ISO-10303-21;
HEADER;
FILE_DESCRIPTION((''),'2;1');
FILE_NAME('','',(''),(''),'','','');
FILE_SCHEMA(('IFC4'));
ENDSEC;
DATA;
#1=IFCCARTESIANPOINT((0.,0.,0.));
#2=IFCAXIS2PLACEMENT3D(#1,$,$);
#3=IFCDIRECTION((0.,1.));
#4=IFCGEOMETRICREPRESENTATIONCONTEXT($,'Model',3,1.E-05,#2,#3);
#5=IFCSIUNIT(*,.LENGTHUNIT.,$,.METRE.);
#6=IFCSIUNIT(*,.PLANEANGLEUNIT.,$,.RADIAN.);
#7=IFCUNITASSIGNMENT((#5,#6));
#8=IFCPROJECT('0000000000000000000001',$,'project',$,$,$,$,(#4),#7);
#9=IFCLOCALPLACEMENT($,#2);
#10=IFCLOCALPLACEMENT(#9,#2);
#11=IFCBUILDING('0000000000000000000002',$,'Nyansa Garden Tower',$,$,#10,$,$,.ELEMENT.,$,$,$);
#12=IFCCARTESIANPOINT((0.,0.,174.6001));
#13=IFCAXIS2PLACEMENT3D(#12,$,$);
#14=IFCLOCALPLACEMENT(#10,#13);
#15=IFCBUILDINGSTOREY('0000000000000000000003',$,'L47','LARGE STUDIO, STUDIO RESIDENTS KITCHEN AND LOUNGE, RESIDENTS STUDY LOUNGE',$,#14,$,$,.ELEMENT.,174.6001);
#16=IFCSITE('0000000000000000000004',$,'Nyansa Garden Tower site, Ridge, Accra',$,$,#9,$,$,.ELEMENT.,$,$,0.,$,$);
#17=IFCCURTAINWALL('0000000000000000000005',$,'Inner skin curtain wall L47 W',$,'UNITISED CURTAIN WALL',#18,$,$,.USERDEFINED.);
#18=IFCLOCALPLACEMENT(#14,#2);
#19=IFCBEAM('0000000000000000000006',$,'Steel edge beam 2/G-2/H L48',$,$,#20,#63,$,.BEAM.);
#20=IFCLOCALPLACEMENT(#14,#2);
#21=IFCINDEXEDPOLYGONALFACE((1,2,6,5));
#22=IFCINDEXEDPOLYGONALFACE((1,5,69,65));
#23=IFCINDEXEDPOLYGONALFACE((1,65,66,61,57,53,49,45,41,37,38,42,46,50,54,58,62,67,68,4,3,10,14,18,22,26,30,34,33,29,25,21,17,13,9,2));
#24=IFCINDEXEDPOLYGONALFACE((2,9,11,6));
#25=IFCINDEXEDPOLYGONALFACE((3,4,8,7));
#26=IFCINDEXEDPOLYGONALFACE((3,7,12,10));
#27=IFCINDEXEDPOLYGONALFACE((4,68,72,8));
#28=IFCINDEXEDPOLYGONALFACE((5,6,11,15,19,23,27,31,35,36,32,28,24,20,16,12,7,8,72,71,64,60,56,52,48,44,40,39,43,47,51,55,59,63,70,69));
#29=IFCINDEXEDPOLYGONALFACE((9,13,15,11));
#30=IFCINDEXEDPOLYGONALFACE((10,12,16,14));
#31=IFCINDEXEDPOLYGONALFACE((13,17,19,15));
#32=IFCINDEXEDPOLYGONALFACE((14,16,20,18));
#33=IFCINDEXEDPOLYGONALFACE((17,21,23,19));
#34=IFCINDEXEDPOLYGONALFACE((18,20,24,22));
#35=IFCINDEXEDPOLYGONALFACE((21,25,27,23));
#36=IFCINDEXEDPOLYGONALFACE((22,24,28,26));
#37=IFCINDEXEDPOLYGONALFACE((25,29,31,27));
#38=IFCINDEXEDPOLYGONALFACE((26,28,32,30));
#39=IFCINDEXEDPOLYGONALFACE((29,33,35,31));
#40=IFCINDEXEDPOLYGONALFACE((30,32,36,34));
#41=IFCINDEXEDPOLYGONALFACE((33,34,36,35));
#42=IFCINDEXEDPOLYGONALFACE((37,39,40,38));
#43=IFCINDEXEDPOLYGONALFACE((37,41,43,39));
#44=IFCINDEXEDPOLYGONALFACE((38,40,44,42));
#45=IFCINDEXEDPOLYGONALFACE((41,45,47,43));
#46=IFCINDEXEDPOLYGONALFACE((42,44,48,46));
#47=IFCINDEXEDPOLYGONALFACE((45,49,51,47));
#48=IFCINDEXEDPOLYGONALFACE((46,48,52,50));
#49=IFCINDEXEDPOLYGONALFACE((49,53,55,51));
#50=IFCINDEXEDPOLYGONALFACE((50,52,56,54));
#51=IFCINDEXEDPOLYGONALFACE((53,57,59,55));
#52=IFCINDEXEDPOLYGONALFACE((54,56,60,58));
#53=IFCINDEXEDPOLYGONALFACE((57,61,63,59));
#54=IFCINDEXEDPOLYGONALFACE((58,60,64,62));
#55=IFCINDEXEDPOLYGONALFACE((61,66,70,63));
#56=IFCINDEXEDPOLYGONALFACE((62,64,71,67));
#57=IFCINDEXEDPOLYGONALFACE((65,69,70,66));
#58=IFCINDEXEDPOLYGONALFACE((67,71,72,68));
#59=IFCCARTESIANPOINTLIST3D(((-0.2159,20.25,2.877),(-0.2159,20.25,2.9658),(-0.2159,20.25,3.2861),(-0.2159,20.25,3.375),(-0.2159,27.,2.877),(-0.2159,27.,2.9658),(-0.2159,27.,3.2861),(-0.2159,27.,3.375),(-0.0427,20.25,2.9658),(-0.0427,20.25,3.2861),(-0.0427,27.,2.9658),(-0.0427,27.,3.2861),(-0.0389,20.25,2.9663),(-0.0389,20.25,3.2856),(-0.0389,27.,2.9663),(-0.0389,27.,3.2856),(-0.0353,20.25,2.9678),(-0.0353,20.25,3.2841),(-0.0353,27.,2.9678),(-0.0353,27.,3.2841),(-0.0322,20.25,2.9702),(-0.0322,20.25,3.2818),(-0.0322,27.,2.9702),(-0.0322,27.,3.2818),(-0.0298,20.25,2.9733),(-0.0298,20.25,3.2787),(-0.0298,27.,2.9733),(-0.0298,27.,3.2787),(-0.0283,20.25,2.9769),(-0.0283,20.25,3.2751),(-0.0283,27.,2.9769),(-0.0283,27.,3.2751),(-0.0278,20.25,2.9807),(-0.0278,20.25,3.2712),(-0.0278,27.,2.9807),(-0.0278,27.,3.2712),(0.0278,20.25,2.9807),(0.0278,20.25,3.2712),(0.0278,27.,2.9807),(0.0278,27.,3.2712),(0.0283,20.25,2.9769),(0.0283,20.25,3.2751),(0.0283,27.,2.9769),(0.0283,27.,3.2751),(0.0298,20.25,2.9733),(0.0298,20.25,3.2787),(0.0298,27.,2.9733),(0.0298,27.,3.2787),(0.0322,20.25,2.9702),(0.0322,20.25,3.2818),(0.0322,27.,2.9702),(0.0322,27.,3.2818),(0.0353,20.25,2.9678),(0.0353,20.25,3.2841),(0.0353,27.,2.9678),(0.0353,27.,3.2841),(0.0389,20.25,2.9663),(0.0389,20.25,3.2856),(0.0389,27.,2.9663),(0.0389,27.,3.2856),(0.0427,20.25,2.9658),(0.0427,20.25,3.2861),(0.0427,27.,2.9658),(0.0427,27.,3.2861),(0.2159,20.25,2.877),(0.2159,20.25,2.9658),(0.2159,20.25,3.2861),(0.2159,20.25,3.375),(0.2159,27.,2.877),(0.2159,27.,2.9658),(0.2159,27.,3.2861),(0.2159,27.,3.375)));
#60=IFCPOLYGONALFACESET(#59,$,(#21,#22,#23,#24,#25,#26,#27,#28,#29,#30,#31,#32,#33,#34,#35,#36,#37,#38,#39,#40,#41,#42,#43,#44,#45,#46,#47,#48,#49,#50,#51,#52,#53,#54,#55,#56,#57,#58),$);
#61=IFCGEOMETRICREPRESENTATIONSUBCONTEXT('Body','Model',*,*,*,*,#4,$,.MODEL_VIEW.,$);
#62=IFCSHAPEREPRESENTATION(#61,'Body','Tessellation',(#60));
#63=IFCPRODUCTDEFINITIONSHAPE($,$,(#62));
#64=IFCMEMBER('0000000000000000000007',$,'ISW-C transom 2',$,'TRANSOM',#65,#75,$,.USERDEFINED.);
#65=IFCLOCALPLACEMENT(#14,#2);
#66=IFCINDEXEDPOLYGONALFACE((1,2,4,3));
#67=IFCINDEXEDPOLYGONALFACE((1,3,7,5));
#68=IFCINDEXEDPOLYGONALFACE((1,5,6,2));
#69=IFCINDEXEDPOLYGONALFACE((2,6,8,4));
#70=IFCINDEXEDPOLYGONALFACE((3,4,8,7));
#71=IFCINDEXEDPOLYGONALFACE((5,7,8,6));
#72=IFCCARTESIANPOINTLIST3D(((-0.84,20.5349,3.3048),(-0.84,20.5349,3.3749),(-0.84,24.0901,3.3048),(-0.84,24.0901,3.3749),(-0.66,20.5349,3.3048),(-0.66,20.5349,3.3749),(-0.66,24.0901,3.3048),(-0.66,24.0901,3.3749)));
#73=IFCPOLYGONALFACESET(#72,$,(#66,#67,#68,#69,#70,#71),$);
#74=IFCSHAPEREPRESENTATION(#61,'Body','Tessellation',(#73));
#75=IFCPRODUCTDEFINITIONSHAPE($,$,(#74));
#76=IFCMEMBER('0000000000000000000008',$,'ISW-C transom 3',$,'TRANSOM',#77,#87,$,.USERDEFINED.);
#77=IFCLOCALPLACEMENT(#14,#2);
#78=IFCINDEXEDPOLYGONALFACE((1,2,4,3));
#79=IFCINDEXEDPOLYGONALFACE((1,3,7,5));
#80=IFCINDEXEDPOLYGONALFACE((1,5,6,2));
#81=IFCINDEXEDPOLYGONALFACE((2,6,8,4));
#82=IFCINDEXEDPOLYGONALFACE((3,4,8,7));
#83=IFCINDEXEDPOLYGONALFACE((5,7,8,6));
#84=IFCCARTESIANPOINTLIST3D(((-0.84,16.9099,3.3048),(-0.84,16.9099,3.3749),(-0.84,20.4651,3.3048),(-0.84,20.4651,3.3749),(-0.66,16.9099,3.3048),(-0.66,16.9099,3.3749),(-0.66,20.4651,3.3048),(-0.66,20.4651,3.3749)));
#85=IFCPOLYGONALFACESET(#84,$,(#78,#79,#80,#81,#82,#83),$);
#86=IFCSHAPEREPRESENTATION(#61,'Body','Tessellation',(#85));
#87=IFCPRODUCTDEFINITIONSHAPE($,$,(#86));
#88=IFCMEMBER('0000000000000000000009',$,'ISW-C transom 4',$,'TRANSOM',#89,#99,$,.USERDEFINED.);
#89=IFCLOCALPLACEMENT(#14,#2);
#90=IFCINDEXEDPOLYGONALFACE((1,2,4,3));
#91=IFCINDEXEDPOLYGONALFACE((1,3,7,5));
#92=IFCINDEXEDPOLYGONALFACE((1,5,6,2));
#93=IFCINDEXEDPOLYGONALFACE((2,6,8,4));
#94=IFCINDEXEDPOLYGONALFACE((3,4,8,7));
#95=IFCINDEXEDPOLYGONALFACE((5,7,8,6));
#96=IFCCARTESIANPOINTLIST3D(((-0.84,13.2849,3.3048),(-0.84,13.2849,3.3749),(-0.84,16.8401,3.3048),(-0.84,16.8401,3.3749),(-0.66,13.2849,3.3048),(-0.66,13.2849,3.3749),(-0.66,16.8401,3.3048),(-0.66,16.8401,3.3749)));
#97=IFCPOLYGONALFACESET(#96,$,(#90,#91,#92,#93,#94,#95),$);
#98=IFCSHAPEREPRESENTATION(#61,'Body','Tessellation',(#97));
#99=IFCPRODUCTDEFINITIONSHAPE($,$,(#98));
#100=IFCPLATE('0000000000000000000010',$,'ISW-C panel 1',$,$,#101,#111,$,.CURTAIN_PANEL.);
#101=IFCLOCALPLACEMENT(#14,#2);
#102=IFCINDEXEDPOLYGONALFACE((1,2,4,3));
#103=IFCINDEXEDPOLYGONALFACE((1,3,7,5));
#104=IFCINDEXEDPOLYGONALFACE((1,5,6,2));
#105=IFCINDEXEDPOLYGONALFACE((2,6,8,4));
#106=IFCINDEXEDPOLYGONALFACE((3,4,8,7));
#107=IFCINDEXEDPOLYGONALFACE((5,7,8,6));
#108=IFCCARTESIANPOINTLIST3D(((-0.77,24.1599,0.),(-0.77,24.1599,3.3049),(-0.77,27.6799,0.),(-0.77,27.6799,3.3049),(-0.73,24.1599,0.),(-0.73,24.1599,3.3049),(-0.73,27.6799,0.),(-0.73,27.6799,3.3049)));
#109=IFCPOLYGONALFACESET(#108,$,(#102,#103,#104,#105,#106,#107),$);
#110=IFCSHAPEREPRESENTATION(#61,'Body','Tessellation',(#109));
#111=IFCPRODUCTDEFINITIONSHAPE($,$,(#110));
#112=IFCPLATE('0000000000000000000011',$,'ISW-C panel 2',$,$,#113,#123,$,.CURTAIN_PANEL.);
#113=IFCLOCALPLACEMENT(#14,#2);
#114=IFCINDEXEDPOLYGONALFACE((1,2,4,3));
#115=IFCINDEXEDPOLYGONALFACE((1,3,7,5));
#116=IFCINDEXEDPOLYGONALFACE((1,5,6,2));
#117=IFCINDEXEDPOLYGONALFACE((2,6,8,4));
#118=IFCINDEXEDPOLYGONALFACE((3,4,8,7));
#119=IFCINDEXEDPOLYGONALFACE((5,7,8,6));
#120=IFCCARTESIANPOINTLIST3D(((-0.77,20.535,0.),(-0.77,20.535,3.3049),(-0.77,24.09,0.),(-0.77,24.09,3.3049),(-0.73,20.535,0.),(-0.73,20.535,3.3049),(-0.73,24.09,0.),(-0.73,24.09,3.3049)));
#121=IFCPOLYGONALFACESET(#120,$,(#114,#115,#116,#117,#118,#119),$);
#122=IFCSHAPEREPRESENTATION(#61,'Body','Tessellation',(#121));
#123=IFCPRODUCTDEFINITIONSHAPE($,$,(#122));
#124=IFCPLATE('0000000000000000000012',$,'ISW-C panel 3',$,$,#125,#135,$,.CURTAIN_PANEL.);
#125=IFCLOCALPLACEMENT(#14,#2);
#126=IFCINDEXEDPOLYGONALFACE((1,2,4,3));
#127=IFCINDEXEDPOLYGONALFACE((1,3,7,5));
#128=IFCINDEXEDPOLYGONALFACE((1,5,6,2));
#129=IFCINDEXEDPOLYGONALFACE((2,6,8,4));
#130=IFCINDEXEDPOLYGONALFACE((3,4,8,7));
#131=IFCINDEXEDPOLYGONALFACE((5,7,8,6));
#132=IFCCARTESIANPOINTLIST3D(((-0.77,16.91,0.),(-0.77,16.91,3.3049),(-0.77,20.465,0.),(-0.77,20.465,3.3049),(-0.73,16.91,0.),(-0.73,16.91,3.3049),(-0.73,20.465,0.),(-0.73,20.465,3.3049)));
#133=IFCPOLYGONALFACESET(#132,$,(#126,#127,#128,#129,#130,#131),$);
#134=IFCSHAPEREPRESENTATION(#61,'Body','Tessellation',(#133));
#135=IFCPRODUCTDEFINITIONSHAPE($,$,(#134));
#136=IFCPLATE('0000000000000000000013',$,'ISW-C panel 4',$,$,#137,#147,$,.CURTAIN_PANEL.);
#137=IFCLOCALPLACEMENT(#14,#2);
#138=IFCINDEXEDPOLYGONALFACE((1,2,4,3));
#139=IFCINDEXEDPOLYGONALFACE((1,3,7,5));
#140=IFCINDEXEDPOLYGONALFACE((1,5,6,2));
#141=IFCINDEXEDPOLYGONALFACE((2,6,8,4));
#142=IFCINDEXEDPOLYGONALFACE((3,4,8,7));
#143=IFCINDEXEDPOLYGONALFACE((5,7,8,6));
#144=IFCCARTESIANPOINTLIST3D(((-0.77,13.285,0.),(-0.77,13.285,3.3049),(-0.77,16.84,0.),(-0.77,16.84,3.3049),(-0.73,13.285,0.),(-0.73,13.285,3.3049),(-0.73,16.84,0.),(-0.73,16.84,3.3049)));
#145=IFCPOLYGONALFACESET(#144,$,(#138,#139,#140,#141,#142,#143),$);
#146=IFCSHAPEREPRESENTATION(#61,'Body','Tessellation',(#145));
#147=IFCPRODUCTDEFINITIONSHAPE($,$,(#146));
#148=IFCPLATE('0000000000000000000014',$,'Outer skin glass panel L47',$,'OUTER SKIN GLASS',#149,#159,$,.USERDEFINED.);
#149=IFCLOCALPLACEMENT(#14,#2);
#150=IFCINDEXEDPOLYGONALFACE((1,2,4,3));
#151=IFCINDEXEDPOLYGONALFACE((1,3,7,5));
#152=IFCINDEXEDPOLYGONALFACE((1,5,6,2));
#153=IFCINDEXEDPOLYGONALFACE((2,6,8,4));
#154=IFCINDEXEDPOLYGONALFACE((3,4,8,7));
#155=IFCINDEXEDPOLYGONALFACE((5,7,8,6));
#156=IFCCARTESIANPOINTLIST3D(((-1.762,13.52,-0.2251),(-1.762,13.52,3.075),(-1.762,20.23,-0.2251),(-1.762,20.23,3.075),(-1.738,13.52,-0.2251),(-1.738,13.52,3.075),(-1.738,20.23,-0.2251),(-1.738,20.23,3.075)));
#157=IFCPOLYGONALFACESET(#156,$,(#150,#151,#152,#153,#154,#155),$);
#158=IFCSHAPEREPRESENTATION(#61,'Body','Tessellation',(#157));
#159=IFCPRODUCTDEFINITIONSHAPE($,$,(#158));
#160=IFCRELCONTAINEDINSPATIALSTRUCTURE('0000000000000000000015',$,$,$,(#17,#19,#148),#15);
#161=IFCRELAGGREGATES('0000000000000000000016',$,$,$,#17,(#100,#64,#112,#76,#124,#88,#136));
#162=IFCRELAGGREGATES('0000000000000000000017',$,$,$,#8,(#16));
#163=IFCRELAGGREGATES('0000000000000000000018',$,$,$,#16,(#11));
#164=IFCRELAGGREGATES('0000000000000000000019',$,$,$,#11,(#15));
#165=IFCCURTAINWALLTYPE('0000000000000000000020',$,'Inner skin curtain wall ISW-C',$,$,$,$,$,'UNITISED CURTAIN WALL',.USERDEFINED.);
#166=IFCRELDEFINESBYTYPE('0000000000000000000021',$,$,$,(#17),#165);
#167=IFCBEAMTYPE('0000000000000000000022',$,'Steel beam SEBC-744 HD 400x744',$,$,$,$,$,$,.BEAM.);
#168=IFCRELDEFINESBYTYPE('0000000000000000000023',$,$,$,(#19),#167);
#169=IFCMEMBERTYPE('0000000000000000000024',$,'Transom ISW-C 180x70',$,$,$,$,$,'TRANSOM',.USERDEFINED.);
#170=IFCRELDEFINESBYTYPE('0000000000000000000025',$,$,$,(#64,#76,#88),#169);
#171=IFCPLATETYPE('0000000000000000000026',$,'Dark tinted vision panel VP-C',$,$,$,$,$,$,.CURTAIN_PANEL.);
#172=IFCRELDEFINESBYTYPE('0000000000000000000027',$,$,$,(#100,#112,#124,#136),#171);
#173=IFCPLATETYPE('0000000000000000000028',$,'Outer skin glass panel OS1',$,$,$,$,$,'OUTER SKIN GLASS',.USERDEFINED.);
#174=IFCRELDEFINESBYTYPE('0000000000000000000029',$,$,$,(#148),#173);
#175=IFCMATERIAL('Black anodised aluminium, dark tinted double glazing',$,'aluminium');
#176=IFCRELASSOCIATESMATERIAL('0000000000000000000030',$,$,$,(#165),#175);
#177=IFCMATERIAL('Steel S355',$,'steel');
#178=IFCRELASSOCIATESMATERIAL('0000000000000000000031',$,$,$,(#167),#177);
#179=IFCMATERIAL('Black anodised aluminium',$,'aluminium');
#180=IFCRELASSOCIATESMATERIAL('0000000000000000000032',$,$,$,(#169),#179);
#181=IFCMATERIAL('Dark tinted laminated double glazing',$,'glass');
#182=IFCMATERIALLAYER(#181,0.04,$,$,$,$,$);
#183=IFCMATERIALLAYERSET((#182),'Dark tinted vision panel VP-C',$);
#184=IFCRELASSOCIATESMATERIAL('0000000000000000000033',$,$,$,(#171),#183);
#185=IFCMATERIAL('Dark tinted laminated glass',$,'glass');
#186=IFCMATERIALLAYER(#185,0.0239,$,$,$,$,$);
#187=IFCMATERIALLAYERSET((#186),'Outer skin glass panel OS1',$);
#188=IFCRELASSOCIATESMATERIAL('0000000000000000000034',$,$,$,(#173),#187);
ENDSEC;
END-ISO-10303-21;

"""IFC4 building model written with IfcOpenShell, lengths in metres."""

from ifc_helpers import new_model, si_unit, direction, frame, origin, origin_2d, place, context, subcontext, project, spatial, rectangle, i_section, extrude, material, layer, layer_set, material_profile, profile_set, type_object, element, aggregate, save


model = new_model("IFC4")

# Units and contexts
model_context = context("Model", 3, precision=1e-05, world=origin(), true_north=direction((0.0, 1.0)))
body_context = subcontext(model_context, "Body", "Model", "MODEL_VIEW")
ifc_project = project(units=[si_unit("LENGTHUNIT", "METRE"), si_unit("PLANEANGLEUNIT", "RADIAN")], contexts=[model_context])

# Site, building, storey
site_placement = place(None, origin())
site = spatial("IfcSite", under=ifc_project, at=site_placement, Name="Nyansa Garden Tower site, Ridge, Accra", CompositionType="ELEMENT", RefElevation=0.0)
building_placement = place(site_placement, origin())
building = spatial("IfcBuilding", under=site, at=building_placement, Name="Nyansa Garden Tower", CompositionType="ELEMENT")
storey_placement = place(building_placement, frame((0.0, 0.0, 174.6001)))
storey = spatial("IfcBuildingStorey", under=building, at=storey_placement, Name="L47", Description="LARGE STUDIO, STUDIO RESIDENTS KITCHEN AND LOUNGE, RESIDENTS STUDY LOUNGE", CompositionType="ELEMENT", Elevation=174.6001)

# Curtain wall
ifc_material_1 = material(Name="Black anodised aluminium, dark tinted double glazing", Category="aluminium")
curtain_wall_type = type_object("IfcCurtainWallType", Name="Inner skin curtain wall ISW-C", ElementType="UNITISED CURTAIN WALL", PredefinedType="USERDEFINED", material=ifc_material_1)
curtain_wall_placement = place(storey_placement, origin())
curtain_wall = element("IfcCurtainWall", 1, at=curtain_wall_placement, inside=storey, type_object=curtain_wall_type, Name="Inner skin curtain wall L47 W", ObjectType="UNITISED CURTAIN WALL", PredefinedType="USERDEFINED")

# Beam
ifc_material_2 = material(Name="Steel S355", Category="steel")
ifc_material_profile_1 = material_profile(ifc_material_2, i_section(OverallWidth=0.4319, OverallDepth=0.498, WebThickness=0.0557, FlangeThickness=0.0889, FilletRadius=0.0149, at=origin_2d()), Name="HD 400x744")
ifc_profile_set_1 = profile_set([ifc_material_profile_1], Name="Steel S355")
beam_type_1 = type_object("IfcBeamType", Name="Steel beam SEBC-744 HD 400x744", PredefinedType="BEAM", material=ifc_profile_set_1)
beam_1_placement = place(storey_placement, frame((0.0, 20.25, 3.126), z_axis=(0.0, 1.0, 0.0), x_axis=(-1.0, 0.0, 0.0)))
element("IfcBeam", 2, at=beam_1_placement, inside=storey, type_object=beam_type_1, Name="Steel edge beam 2/G-2/H L48", PredefinedType="BEAM", context=body_context, shape_type="SweptSolid", body=[
    extrude(i_section(OverallWidth=0.4319, OverallDepth=0.498, WebThickness=0.0557, FlangeThickness=0.0889, FilletRadius=0.0149, at=origin_2d()), origin(), (0.0, 0.0, 1.0), 6.75),
])

# Members
ifc_material_3 = material(Name="Black anodised aluminium", Category="aluminium")
ifc_material_profile_2 = material_profile(ifc_material_3, rectangle(XDim=0.1799, YDim=0.0701, at=origin_2d()), Name="Transom 180x70")
ifc_profile_set_2 = profile_set([ifc_material_profile_2], Name="Black anodised aluminium")
member_type_1 = type_object("IfcMemberType", Name="Transom ISW-C 180x70", ElementType="TRANSOM", PredefinedType="USERDEFINED", material=ifc_profile_set_2)
member_1_placement = place(storey_placement, frame((-0.75, 24.0901, 3.3398), z_axis=(0.0, -1.0, 0.0), x_axis=(1.0, 0.0, 0.0)))
member_1 = element("IfcMember", 3, at=member_1_placement, type_object=member_type_1, Name="ISW-C transom 2", ObjectType="TRANSOM", PredefinedType="USERDEFINED", context=body_context, shape_type="SweptSolid", body=[
    extrude(rectangle(XDim=0.1799, YDim=0.0701, at=origin_2d()), origin(), (0.0, 0.0, 1.0), 3.5552),
])
member_2_placement = place(storey_placement, frame((-0.75, 20.4651, 3.3398), z_axis=(0.0, -1.0, 0.0), x_axis=(1.0, 0.0, 0.0)))
member_2 = element("IfcMember", 4, at=member_2_placement, type_object=member_type_1, Name="ISW-C transom 3", ObjectType="TRANSOM", PredefinedType="USERDEFINED", context=body_context, shape_type="SweptSolid", body=[
    extrude(rectangle(XDim=0.1799, YDim=0.0701, at=origin_2d()), origin(), (0.0, 0.0, 1.0), 3.5552),
])
member_3_placement = place(storey_placement, frame((-0.75, 16.8401, 3.3398), z_axis=(0.0, -1.0, 0.0), x_axis=(1.0, 0.0, 0.0)))
member_3 = element("IfcMember", 5, at=member_3_placement, type_object=member_type_1, Name="ISW-C transom 4", ObjectType="TRANSOM", PredefinedType="USERDEFINED", context=body_context, shape_type="SweptSolid", body=[
    extrude(rectangle(XDim=0.1799, YDim=0.0701, at=origin_2d()), origin(), (0.0, 0.0, 1.0), 3.5552),
])

# Plates
ifc_material_4 = material(Name="Dark tinted laminated double glazing", Category="glass")
ifc_layer_1 = layer(ifc_material_4, 0.04)
ifc_layer_set_1 = layer_set([ifc_layer_1], Name="Dark tinted vision panel VP-C")
plate_type_1 = type_object("IfcPlateType", Name="Dark tinted vision panel VP-C", PredefinedType="CURTAIN_PANEL", material=ifc_layer_set_1)
plate_1_placement = place(storey_placement, frame((-0.75, 25.9199, 0.0), z_axis=(0.0, 0.0, 1.0), x_axis=(0.0, -1.0, 0.0)))
plate_1 = element("IfcPlate", 6, at=plate_1_placement, type_object=plate_type_1, Name="ISW-C panel 1", PredefinedType="CURTAIN_PANEL", context=body_context, shape_type="SweptSolid", body=[
    extrude(rectangle(XDim=3.52, YDim=0.04, at=origin_2d()), origin(), (0.0, 0.0, 1.0), 3.3049),
])
plate_2_placement = place(storey_placement, frame((-0.75, 22.3125, 0.0), z_axis=(0.0, 0.0, 1.0), x_axis=(0.0, -1.0, 0.0)))
plate_2 = element("IfcPlate", 7, at=plate_2_placement, type_object=plate_type_1, Name="ISW-C panel 2", PredefinedType="CURTAIN_PANEL", context=body_context, shape_type="SweptSolid", body=[
    extrude(rectangle(XDim=3.5549, YDim=0.04, at=origin_2d()), origin(), (0.0, 0.0, 1.0), 3.3049),
])
plate_3_placement = place(storey_placement, frame((-0.75, 18.6875, 0.0), z_axis=(0.0, 0.0, 1.0), x_axis=(0.0, -1.0, 0.0)))
plate_3 = element("IfcPlate", 8, at=plate_3_placement, type_object=plate_type_1, Name="ISW-C panel 3", PredefinedType="CURTAIN_PANEL", context=body_context, shape_type="SweptSolid", body=[
    extrude(rectangle(XDim=3.5549, YDim=0.04, at=origin_2d()), origin(), (0.0, 0.0, 1.0), 3.3049),
])
plate_4_placement = place(storey_placement, frame((-0.75, 15.0625, 0.0), z_axis=(0.0, 0.0, 1.0), x_axis=(0.0, -1.0, 0.0)))
plate_4 = element("IfcPlate", 9, at=plate_4_placement, type_object=plate_type_1, Name="ISW-C panel 4", PredefinedType="CURTAIN_PANEL", context=body_context, shape_type="SweptSolid", body=[
    extrude(rectangle(XDim=3.5549, YDim=0.04, at=origin_2d()), origin(), (0.0, 0.0, 1.0), 3.3049),
])
aggregate(curtain_wall, [plate_1, member_1, plate_2, member_2, plate_3, member_3, plate_4])
ifc_material_5 = material(Name="Dark tinted laminated glass", Category="glass")
ifc_layer_2 = layer(ifc_material_5, 0.0239)
ifc_layer_set_2 = layer_set([ifc_layer_2], Name="Outer skin glass panel OS1")
plate_type_2 = type_object("IfcPlateType", Name="Outer skin glass panel OS1", ElementType="OUTER SKIN GLASS", PredefinedType="USERDEFINED", material=ifc_layer_set_2)
plate_5_placement = place(storey_placement, frame((-1.75, 16.875, -0.2251), z_axis=(0.0, 0.0, 1.0), x_axis=(0.0, 1.0, 0.0)))
element("IfcPlate", 10, at=plate_5_placement, inside=storey, type_object=plate_type_2, Name="Outer skin glass panel L47", ObjectType="OUTER SKIN GLASS", PredefinedType="USERDEFINED", context=body_context, shape_type="SweptSolid", body=[
    extrude(rectangle(XDim=6.71, YDim=0.0239, at=origin_2d()), origin(), (0.0, 0.0, 1.0), 3.3),
])

save(model, "model.ifc")
